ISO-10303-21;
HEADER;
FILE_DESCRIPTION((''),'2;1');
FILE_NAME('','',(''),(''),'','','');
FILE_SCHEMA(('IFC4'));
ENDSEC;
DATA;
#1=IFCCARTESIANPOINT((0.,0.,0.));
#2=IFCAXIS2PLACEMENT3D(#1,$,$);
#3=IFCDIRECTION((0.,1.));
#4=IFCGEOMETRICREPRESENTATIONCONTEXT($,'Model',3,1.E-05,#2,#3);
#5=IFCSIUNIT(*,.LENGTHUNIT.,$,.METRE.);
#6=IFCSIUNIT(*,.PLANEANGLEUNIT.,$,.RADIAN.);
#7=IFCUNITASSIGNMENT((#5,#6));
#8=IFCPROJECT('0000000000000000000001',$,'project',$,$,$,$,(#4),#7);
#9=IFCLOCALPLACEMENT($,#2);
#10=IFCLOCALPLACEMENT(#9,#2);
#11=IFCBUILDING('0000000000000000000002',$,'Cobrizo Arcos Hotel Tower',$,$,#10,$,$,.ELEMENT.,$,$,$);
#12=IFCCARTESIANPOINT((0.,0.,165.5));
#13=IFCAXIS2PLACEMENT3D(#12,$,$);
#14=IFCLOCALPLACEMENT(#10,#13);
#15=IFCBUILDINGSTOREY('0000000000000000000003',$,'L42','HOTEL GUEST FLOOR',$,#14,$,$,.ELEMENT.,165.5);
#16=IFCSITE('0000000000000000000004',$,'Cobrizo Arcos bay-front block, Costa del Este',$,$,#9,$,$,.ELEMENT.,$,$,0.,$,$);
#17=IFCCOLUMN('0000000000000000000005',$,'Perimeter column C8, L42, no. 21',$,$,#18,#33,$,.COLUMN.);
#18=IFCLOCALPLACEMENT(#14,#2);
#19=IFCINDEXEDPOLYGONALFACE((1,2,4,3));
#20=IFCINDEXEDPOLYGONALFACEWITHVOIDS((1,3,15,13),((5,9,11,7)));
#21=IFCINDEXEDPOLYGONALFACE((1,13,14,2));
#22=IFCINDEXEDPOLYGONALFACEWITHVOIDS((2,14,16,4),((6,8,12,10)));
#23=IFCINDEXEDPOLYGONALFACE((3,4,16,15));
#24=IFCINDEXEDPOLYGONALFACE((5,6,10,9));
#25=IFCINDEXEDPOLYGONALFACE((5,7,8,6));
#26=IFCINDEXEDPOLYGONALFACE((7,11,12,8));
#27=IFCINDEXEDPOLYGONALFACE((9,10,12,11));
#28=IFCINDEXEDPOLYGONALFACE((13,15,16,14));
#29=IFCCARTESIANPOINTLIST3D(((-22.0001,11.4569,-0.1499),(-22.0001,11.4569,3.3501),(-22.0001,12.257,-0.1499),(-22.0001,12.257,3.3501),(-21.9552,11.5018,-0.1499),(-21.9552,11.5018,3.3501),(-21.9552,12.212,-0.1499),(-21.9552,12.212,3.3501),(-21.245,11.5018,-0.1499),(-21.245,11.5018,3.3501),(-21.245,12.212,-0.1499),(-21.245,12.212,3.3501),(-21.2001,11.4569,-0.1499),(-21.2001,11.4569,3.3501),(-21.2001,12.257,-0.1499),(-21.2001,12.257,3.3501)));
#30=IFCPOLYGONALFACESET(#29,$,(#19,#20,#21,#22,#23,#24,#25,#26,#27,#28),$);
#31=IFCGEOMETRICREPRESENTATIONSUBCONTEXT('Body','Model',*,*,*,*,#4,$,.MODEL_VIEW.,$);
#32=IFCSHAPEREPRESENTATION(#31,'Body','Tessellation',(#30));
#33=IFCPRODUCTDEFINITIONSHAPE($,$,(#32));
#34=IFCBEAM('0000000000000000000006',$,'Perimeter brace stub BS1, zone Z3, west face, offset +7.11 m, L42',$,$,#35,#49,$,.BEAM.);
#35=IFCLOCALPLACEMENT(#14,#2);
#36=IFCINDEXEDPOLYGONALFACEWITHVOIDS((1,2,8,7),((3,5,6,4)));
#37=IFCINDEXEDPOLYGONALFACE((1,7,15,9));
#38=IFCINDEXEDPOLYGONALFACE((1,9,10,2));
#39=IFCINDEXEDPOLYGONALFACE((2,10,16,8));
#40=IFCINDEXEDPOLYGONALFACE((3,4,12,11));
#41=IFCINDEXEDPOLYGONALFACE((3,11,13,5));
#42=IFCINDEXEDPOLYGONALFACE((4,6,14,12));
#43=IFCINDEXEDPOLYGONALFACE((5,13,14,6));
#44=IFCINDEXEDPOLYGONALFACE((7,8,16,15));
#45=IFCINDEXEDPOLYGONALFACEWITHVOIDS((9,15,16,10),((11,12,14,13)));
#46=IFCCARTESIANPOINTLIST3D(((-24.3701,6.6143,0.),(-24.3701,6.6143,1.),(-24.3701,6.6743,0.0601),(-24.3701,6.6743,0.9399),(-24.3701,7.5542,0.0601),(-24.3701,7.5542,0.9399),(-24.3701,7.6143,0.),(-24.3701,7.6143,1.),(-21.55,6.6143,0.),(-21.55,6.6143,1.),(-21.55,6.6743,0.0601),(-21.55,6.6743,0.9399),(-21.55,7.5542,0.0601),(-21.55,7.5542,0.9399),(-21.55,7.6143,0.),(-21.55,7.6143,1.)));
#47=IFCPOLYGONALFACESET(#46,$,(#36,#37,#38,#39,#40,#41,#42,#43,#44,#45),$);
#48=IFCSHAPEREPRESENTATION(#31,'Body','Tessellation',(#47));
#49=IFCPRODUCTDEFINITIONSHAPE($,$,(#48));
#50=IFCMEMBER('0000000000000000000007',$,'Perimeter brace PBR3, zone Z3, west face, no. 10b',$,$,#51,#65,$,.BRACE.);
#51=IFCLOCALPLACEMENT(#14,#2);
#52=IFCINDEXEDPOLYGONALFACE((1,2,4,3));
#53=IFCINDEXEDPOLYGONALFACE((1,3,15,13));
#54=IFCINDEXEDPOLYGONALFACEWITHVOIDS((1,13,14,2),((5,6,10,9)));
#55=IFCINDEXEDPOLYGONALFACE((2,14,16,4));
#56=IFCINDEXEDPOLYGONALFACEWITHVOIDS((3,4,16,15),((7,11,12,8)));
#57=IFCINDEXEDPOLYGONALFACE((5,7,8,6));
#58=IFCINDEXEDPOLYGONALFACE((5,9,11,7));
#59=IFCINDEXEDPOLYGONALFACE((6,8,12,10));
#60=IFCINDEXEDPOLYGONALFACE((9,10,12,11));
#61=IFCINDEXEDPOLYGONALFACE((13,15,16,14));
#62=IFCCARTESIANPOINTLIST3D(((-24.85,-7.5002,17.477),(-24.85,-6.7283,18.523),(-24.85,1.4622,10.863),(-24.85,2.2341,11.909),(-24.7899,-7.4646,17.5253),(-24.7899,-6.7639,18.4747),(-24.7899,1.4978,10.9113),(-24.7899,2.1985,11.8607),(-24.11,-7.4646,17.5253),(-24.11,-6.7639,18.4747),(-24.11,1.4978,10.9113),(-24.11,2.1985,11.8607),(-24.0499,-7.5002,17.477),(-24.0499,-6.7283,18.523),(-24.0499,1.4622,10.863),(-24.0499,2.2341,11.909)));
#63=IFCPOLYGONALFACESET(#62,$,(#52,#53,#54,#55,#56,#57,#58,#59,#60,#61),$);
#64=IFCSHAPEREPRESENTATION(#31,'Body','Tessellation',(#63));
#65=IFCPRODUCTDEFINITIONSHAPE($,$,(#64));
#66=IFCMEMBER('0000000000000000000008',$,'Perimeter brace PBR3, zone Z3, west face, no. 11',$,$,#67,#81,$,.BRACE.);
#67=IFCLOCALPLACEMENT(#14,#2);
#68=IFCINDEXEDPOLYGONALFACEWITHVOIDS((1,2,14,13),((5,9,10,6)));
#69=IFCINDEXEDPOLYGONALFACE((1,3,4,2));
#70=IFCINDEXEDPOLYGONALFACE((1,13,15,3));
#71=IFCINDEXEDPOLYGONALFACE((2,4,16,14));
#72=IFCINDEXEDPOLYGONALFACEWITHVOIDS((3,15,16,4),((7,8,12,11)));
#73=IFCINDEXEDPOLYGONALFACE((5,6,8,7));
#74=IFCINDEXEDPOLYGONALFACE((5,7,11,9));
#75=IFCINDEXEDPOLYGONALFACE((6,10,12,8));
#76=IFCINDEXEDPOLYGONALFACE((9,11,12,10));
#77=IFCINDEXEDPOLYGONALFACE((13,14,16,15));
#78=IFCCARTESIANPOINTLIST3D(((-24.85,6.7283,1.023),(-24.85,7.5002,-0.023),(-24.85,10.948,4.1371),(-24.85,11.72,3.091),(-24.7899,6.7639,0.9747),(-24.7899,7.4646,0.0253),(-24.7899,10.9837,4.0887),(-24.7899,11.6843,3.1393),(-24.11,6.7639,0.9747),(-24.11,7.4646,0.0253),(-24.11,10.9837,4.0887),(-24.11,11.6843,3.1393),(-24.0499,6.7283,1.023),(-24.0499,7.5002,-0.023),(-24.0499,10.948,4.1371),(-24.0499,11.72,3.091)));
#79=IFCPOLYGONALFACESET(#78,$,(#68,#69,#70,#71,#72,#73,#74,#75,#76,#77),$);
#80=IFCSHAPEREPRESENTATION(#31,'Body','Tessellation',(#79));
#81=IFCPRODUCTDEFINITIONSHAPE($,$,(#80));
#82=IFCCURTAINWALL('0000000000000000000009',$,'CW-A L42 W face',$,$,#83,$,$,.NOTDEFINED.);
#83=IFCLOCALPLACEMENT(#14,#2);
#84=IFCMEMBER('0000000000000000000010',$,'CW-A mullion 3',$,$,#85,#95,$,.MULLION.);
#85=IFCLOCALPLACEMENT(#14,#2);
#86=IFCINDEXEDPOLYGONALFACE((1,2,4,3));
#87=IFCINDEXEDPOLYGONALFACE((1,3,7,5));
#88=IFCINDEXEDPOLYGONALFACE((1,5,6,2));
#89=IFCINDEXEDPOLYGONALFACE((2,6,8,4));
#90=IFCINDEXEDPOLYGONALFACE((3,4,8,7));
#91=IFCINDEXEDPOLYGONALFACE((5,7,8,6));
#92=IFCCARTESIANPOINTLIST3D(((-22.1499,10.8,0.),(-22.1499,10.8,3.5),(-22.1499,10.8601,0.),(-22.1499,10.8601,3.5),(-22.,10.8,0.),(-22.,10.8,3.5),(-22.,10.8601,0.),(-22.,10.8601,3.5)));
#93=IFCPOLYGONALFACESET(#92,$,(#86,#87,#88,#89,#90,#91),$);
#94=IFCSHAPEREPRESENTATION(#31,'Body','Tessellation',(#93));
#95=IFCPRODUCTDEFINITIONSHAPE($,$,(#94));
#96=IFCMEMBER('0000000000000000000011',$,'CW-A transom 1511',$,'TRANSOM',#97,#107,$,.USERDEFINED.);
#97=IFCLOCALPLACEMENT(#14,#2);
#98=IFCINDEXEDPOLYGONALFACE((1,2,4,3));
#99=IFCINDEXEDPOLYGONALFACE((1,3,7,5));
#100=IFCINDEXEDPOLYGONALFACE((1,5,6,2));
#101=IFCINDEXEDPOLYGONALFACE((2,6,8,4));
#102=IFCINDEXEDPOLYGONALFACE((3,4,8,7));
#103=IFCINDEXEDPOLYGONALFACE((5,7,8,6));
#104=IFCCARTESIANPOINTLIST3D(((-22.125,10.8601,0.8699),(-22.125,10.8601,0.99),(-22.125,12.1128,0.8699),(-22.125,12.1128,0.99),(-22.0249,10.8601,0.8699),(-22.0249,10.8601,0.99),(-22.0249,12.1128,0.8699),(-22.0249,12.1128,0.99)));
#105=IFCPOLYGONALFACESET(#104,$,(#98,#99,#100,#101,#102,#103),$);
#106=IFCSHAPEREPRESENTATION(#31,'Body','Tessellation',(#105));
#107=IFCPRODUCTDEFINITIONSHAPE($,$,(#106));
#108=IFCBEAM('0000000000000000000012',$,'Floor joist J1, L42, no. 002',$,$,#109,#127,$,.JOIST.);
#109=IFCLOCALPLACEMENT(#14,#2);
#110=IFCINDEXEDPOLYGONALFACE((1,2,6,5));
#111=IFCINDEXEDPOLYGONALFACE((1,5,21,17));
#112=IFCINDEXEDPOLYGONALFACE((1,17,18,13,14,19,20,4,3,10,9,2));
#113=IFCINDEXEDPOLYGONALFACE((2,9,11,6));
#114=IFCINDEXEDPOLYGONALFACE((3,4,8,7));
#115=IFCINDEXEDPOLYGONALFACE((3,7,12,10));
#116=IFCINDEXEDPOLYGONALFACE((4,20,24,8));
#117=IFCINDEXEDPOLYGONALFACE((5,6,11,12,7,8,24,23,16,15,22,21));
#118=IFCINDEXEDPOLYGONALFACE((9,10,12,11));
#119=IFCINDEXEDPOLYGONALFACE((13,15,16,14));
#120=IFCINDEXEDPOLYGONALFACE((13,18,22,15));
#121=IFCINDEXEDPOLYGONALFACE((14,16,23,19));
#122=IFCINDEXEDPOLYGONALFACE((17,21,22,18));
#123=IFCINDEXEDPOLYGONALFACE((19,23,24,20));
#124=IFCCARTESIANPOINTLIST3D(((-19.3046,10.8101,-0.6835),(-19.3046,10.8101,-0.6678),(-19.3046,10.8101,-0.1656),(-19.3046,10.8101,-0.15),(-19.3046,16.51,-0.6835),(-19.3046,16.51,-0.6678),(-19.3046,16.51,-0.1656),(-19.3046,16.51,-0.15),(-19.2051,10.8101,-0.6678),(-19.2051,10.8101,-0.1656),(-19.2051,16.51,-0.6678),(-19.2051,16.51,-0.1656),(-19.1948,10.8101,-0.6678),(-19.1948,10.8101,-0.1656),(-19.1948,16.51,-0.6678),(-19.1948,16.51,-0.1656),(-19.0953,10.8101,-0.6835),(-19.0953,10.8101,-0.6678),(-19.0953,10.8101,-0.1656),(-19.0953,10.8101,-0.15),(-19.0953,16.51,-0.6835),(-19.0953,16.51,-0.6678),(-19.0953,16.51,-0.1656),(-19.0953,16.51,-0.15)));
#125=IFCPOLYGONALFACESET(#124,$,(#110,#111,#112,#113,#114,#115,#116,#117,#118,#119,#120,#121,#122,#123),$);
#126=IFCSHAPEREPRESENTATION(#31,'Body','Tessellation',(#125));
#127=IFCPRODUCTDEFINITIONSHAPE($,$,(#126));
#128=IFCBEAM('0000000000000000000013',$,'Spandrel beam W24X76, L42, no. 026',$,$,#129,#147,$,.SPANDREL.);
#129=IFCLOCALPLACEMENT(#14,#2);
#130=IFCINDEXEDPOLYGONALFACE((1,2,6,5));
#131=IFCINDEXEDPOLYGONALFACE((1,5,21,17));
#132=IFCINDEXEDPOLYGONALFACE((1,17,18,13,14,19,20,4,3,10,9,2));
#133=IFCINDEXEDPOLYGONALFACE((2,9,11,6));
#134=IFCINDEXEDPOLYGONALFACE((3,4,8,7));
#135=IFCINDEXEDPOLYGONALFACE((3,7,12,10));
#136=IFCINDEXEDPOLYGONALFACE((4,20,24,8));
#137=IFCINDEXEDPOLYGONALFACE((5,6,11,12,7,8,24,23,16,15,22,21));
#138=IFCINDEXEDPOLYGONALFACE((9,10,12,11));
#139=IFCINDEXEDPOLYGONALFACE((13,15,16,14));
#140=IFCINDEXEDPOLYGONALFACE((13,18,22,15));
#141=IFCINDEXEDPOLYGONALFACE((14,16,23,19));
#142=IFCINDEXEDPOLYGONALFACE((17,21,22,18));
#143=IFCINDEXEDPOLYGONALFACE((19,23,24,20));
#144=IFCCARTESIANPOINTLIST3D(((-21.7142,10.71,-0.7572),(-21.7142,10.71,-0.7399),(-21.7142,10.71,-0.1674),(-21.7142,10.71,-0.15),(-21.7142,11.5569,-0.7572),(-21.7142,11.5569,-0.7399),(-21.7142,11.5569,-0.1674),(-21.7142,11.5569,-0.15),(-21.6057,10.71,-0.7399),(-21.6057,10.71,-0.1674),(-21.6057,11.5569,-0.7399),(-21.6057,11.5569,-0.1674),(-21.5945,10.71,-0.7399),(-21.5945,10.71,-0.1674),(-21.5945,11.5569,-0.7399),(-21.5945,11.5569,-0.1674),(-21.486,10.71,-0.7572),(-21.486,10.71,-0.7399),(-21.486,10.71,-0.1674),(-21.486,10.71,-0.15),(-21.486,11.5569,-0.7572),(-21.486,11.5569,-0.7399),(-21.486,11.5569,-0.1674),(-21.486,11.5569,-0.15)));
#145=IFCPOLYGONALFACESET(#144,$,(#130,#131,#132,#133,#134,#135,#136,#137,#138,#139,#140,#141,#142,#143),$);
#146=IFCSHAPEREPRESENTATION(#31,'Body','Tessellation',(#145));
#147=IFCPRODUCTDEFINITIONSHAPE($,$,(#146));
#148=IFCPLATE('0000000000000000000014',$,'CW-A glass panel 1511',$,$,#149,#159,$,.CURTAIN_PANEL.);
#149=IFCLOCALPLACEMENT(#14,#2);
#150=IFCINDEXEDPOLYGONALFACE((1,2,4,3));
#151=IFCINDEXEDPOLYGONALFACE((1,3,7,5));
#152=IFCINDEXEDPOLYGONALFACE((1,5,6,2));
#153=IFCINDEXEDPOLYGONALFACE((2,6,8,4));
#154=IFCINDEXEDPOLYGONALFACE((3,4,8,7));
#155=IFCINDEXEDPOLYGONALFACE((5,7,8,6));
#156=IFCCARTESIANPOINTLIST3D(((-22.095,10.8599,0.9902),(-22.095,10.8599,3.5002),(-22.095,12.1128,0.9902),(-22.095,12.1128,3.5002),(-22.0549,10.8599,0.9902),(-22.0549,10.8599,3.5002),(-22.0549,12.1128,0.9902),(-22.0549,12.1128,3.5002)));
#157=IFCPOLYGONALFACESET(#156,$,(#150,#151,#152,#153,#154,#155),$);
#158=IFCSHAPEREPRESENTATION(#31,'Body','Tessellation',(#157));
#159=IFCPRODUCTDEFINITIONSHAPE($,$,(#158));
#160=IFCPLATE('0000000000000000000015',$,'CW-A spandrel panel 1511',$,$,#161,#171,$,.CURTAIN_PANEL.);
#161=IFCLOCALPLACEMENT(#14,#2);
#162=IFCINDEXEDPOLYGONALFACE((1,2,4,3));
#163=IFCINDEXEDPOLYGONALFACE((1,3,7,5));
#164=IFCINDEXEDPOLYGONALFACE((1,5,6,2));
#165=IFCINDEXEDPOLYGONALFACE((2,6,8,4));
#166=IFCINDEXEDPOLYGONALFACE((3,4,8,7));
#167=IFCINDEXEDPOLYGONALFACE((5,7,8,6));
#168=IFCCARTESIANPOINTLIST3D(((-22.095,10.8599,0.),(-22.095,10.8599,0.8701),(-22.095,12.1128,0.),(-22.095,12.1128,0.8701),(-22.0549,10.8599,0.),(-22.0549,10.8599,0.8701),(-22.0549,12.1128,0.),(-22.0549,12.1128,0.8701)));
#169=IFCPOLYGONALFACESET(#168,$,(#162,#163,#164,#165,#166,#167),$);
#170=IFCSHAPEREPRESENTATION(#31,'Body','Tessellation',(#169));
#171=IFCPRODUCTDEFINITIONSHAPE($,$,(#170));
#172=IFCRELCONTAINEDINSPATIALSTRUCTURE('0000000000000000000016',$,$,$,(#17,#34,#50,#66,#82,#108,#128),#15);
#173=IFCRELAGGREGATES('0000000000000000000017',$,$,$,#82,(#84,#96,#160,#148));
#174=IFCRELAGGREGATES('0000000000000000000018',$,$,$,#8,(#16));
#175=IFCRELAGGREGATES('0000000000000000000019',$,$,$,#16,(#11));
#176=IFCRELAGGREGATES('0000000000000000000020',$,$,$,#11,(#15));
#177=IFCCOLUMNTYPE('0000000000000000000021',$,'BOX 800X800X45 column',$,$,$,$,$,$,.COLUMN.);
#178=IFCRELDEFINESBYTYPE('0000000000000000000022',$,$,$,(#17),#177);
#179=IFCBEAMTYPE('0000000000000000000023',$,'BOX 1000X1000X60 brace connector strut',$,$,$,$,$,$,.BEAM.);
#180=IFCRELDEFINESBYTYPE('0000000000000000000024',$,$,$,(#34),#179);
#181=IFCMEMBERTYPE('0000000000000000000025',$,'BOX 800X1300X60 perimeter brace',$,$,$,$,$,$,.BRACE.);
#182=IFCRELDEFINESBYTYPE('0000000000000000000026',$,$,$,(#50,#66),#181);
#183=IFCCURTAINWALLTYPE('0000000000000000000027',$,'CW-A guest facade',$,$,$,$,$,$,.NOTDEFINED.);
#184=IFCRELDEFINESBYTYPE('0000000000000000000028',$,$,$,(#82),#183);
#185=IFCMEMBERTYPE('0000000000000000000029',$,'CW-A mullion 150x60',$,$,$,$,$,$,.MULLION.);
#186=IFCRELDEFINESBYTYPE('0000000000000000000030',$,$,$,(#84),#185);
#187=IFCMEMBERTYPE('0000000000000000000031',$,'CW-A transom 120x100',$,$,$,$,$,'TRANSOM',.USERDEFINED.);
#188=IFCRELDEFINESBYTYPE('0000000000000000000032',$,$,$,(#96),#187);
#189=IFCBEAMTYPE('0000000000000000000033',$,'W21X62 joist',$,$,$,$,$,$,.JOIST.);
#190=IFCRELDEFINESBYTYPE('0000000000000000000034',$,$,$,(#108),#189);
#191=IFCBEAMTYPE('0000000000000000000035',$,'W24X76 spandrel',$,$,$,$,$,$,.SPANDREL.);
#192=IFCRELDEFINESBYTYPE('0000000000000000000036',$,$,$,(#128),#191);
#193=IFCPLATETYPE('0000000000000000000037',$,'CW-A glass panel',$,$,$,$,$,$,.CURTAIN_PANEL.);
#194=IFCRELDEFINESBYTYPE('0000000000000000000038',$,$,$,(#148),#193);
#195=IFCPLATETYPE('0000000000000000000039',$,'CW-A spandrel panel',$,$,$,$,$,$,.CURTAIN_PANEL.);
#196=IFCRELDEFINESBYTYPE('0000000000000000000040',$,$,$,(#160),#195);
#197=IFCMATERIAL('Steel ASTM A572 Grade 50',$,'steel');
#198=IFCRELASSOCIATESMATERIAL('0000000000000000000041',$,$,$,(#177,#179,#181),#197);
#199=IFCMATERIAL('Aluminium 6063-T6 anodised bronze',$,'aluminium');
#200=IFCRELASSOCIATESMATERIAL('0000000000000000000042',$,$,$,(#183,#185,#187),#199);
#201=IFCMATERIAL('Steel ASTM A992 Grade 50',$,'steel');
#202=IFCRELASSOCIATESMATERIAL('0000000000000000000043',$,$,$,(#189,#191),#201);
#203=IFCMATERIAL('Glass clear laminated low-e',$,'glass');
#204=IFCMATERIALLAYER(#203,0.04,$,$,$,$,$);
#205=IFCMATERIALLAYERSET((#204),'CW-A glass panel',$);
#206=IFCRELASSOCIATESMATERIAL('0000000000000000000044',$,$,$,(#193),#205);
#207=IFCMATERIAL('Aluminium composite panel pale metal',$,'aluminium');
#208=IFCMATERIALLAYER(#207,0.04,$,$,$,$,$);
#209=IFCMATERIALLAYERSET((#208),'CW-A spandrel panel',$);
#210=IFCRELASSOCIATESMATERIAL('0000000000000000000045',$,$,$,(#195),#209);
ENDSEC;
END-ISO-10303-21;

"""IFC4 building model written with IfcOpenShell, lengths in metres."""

from ifc_helpers import new_model, si_unit, direction, frame, origin, origin_2d, place, context, subcontext, project, spatial, rectangle, hollow_rectangle, i_section, extrude, material, layer, layer_set, material_profile, profile_set, type_object, element, aggregate, save


model = new_model("IFC4")

# Units and contexts
model_context = context("Model", 3, precision=1e-05, world=origin(), true_north=direction((0.0, 1.0)))
body_context = subcontext(model_context, "Body", "Model", "MODEL_VIEW")
ifc_project = project(units=[si_unit("LENGTHUNIT", "METRE"), si_unit("PLANEANGLEUNIT", "RADIAN")], contexts=[model_context])

# Site, building, storey
site_placement = place(None, origin())
site = spatial("IfcSite", under=ifc_project, at=site_placement, Name="Cobrizo Arcos bay-front block, Costa del Este", CompositionType="ELEMENT", RefElevation=0.0)
building_placement = place(site_placement, origin())
building = spatial("IfcBuilding", under=site, at=building_placement, Name="Cobrizo Arcos Hotel Tower", CompositionType="ELEMENT")
storey_placement = place(building_placement, frame((0.0, 0.0, 165.5)))
storey = spatial("IfcBuildingStorey", under=building, at=storey_placement, Name="L42", Description="HOTEL GUEST FLOOR", CompositionType="ELEMENT", Elevation=165.5)

# Column
ifc_material_1 = material(Name="Steel ASTM A572 Grade 50", Category="steel")
ifc_material_profile_1 = material_profile(ifc_material_1, hollow_rectangle(XDim=0.8, YDim=0.8, WallThickness=0.0449, at=origin_2d()), Name="BOX 800X800X45")
ifc_profile_set_1 = profile_set([ifc_material_profile_1], Name="Steel ASTM A572 Grade 50")
column_type = type_object("IfcColumnType", Name="BOX 800X800X45 column", PredefinedType="COLUMN", material=ifc_profile_set_1)
column_placement = place(storey_placement, frame((-21.6001, 11.8569, -0.1499), z_axis=(0.0, 0.0, 1.0), x_axis=(1.0, 0.0, 0.0)))
element("IfcColumn", 1, at=column_placement, inside=storey, type_object=column_type, Name="Perimeter column C8, L42, no. 21", PredefinedType="COLUMN", context=body_context, shape_type="SweptSolid", body=[
    extrude(hollow_rectangle(XDim=0.8, YDim=0.8, WallThickness=0.0449, at=origin_2d()), origin(), (0.0, 0.0, 1.0), 3.5),
])

# Beam
ifc_material_profile_2 = material_profile(ifc_material_1, hollow_rectangle(XDim=1.0, YDim=1.0, WallThickness=0.0601, at=origin_2d()), Name="BOX 1000X1000X60")
ifc_profile_set_2 = profile_set([ifc_material_profile_2], Name="Steel ASTM A572 Grade 50")
beam_type_1 = type_object("IfcBeamType", Name="BOX 1000X1000X60 brace connector strut", PredefinedType="BEAM", material=ifc_profile_set_2)
beam_1_placement = place(storey_placement, frame((-21.55, 7.1143, 0.5), z_axis=(-1.0, 0.0, 0.0), x_axis=(0.0, -1.0, 0.0)))
element("IfcBeam", 2, at=beam_1_placement, inside=storey, type_object=beam_type_1, Name="Perimeter brace stub BS1, zone Z3, west face, offset +7.11 m, L42", PredefinedType="BEAM", context=body_context, shape_type="SweptSolid", body=[
    extrude(hollow_rectangle(XDim=1.0, YDim=1.0, WallThickness=0.0601, at=origin_2d()), origin(), (0.0, 0.0, 1.0), 2.8201),
])

# Members
ifc_material_profile_3 = material_profile(ifc_material_1, hollow_rectangle(XDim=0.8, YDim=1.3, WallThickness=0.0601, at=origin_2d()), Name="BOX 800X1300X60")
ifc_profile_set_3 = profile_set([ifc_material_profile_3], Name="Steel ASTM A572 Grade 50")
member_type_1 = type_object("IfcMemberType", Name="BOX 800X1300X60 perimeter brace", PredefinedType="BRACE", material=ifc_profile_set_3)
member_1_placement = place(storey_placement, frame((-24.45, 1.8481, 11.386), z_axis=(0.0, -0.804621, 0.593789), x_axis=(1.0, 0.0, 0.0)))
element("IfcMember", 3, at=member_1_placement, inside=storey, type_object=member_type_1, Name="Perimeter brace PBR3, zone Z3, west face, no. 10b", PredefinedType="BRACE", context=body_context, shape_type="SweptSolid", body=[
    extrude(hollow_rectangle(XDim=0.8, YDim=1.3, WallThickness=0.0601, at=origin_2d()), origin(), (0.0, 0.0, 1.0), 11.1387),
])
member_2_placement = place(storey_placement, frame((-24.45, 7.1143, 0.5), z_axis=(0.0, 0.804624, 0.593785), x_axis=(-1.0, 0.0, 0.0)))
element("IfcMember", 4, at=member_2_placement, inside=storey, type_object=member_type_1, Name="Perimeter brace PBR3, zone Z3, west face, no. 11", PredefinedType="BRACE", context=body_context, shape_type="SweptSolid", body=[
    extrude(hollow_rectangle(XDim=0.8, YDim=1.3, WallThickness=0.0601, at=origin_2d()), origin(), (0.0, 0.0, 1.0), 5.2444),
])

# Curtain wall, members
ifc_material_2 = material(Name="Aluminium 6063-T6 anodised bronze", Category="aluminium")
curtain_wall_type = type_object("IfcCurtainWallType", Name="CW-A guest facade", PredefinedType="NOTDEFINED", material=ifc_material_2)
curtain_wall_placement = place(storey_placement, origin())
curtain_wall = element("IfcCurtainWall", 5, at=curtain_wall_placement, inside=storey, type_object=curtain_wall_type, Name="CW-A L42 W face", PredefinedType="NOTDEFINED")
ifc_material_profile_4 = material_profile(ifc_material_2, rectangle(XDim=0.1499, YDim=0.0601, at=origin_2d()), Name="CW-A mullion 150x60")
ifc_profile_set_4 = profile_set([ifc_material_profile_4], Name="Aluminium 6063-T6 anodised bronze")
member_type_2 = type_object("IfcMemberType", Name="CW-A mullion 150x60", PredefinedType="MULLION", material=ifc_profile_set_4)
member_3_placement = place(storey_placement, frame((-22.075, 10.8301, 0.0), z_axis=(0.0, 0.0, 1.0), x_axis=(-1.0, 0.0, 0.0)))
member_3 = element("IfcMember", 6, at=member_3_placement, type_object=member_type_2, Name="CW-A mullion 3", PredefinedType="MULLION", context=body_context, shape_type="SweptSolid", body=[
    extrude(rectangle(XDim=0.1499, YDim=0.0601, at=origin_2d()), origin(), (0.0, 0.0, 1.0), 3.5),
])
ifc_material_profile_5 = material_profile(ifc_material_2, rectangle(XDim=0.1001, YDim=0.1201, at=origin_2d()), Name="CW-A transom 120x100")
ifc_profile_set_5 = profile_set([ifc_material_profile_5], Name="Aluminium 6063-T6 anodised bronze")
member_type_3 = type_object("IfcMemberType", Name="CW-A transom 120x100", ElementType="TRANSOM", PredefinedType="USERDEFINED", material=ifc_profile_set_5)
member_4_placement = place(storey_placement, frame((-22.075, 12.1128, 0.9299), z_axis=(0.0, -1.0, 0.0), x_axis=(1.0, 0.0, 0.0)))
member_4 = element("IfcMember", 7, at=member_4_placement, type_object=member_type_3, Name="CW-A transom 1511", ObjectType="TRANSOM", PredefinedType="USERDEFINED", context=body_context, shape_type="SweptSolid", body=[
    extrude(rectangle(XDim=0.1001, YDim=0.1201, at=origin_2d()), origin(), (0.0, 0.0, 1.0), 1.2527),
])

# Beams
ifc_material_3 = material(Name="Steel ASTM A992 Grade 50", Category="steel")
ifc_material_profile_6 = material_profile(ifc_material_3, i_section(OverallWidth=0.2092, OverallDepth=0.5334, WebThickness=0.0103, FlangeThickness=0.0156, at=origin_2d()), Name="W21X62")
ifc_profile_set_6 = profile_set([ifc_material_profile_6], Name="Steel ASTM A992 Grade 50")
beam_type_2 = type_object("IfcBeamType", Name="W21X62 joist", PredefinedType="JOIST", material=ifc_profile_set_6)
beam_2_placement = place(storey_placement, frame((-19.2, 10.8101, -0.4167), z_axis=(0.0, 1.0, 0.0), x_axis=(-1.0, 0.0, 0.0)))
element("IfcBeam", 8, at=beam_2_placement, inside=storey, type_object=beam_type_2, Name="Floor joist J1, L42, no. 002", PredefinedType="JOIST", context=body_context, shape_type="SweptSolid", body=[
    extrude(i_section(OverallWidth=0.2092, OverallDepth=0.5334, WebThickness=0.0103, FlangeThickness=0.0156, at=origin_2d()), origin(), (0.0, 0.0, 1.0), 5.7),
])
ifc_material_profile_7 = material_profile(ifc_material_3, i_section(OverallWidth=0.2283, OverallDepth=0.6072, WebThickness=0.0112, FlangeThickness=0.0173, at=origin_2d()), Name="W24X76")
ifc_profile_set_7 = profile_set([ifc_material_profile_7], Name="Steel ASTM A992 Grade 50")
beam_type_3 = type_object("IfcBeamType", Name="W24X76 spandrel", PredefinedType="SPANDREL", material=ifc_profile_set_7)
beam_3_placement = place(storey_placement, frame((-21.6001, 11.5569, -0.4536), z_axis=(0.0, -1.0, 0.0), x_axis=(1.0, 0.0, 0.0)))
element("IfcBeam", 9, at=beam_3_placement, inside=storey, type_object=beam_type_3, Name="Spandrel beam W24X76, L42, no. 026", PredefinedType="SPANDREL", context=body_context, shape_type="SweptSolid", body=[
    extrude(i_section(OverallWidth=0.2283, OverallDepth=0.6072, WebThickness=0.0112, FlangeThickness=0.0173, at=origin_2d()), origin(), (0.0, 0.0, 1.0), 0.8469),
])

# Plates
ifc_material_4 = material(Name="Glass clear laminated low-e", Category="glass")
ifc_layer_1 = layer(ifc_material_4, 0.04)
ifc_layer_set_1 = layer_set([ifc_layer_1], Name="CW-A glass panel")
plate_type_1 = type_object("IfcPlateType", Name="CW-A glass panel", PredefinedType="CURTAIN_PANEL", material=ifc_layer_set_1)
plate_1_placement = place(storey_placement, frame((-22.075, 11.4863, 0.9902), z_axis=(0.0, 0.0, 1.0), x_axis=(0.0, -1.0, 0.0)))
plate_1 = element("IfcPlate", 10, at=plate_1_placement, type_object=plate_type_1, Name="CW-A glass panel 1511", PredefinedType="CURTAIN_PANEL", context=body_context, shape_type="SweptSolid", body=[
    extrude(rectangle(XDim=1.2529, YDim=0.04, at=origin_2d()), origin(), (0.0, 0.0, 1.0), 2.51),
])
ifc_material_5 = material(Name="Aluminium composite panel pale metal", Category="aluminium")
ifc_layer_2 = layer(ifc_material_5, 0.04)
ifc_layer_set_2 = layer_set([ifc_layer_2], Name="CW-A spandrel panel")
plate_type_2 = type_object("IfcPlateType", Name="CW-A spandrel panel", PredefinedType="CURTAIN_PANEL", material=ifc_layer_set_2)
plate_2_placement = place(storey_placement, frame((-22.075, 11.4863, 0.0), z_axis=(0.0, 0.0, 1.0), x_axis=(0.0, -1.0, 0.0)))
plate_2 = element("IfcPlate", 11, at=plate_2_placement, type_object=plate_type_2, Name="CW-A spandrel panel 1511", PredefinedType="CURTAIN_PANEL", context=body_context, shape_type="SweptSolid", body=[
    extrude(rectangle(XDim=1.2529, YDim=0.04, at=origin_2d()), origin(), (0.0, 0.0, 1.0), 0.8701),
])
aggregate(curtain_wall, [member_3, member_4, plate_2, plate_1])

save(model, "model.ifc")
